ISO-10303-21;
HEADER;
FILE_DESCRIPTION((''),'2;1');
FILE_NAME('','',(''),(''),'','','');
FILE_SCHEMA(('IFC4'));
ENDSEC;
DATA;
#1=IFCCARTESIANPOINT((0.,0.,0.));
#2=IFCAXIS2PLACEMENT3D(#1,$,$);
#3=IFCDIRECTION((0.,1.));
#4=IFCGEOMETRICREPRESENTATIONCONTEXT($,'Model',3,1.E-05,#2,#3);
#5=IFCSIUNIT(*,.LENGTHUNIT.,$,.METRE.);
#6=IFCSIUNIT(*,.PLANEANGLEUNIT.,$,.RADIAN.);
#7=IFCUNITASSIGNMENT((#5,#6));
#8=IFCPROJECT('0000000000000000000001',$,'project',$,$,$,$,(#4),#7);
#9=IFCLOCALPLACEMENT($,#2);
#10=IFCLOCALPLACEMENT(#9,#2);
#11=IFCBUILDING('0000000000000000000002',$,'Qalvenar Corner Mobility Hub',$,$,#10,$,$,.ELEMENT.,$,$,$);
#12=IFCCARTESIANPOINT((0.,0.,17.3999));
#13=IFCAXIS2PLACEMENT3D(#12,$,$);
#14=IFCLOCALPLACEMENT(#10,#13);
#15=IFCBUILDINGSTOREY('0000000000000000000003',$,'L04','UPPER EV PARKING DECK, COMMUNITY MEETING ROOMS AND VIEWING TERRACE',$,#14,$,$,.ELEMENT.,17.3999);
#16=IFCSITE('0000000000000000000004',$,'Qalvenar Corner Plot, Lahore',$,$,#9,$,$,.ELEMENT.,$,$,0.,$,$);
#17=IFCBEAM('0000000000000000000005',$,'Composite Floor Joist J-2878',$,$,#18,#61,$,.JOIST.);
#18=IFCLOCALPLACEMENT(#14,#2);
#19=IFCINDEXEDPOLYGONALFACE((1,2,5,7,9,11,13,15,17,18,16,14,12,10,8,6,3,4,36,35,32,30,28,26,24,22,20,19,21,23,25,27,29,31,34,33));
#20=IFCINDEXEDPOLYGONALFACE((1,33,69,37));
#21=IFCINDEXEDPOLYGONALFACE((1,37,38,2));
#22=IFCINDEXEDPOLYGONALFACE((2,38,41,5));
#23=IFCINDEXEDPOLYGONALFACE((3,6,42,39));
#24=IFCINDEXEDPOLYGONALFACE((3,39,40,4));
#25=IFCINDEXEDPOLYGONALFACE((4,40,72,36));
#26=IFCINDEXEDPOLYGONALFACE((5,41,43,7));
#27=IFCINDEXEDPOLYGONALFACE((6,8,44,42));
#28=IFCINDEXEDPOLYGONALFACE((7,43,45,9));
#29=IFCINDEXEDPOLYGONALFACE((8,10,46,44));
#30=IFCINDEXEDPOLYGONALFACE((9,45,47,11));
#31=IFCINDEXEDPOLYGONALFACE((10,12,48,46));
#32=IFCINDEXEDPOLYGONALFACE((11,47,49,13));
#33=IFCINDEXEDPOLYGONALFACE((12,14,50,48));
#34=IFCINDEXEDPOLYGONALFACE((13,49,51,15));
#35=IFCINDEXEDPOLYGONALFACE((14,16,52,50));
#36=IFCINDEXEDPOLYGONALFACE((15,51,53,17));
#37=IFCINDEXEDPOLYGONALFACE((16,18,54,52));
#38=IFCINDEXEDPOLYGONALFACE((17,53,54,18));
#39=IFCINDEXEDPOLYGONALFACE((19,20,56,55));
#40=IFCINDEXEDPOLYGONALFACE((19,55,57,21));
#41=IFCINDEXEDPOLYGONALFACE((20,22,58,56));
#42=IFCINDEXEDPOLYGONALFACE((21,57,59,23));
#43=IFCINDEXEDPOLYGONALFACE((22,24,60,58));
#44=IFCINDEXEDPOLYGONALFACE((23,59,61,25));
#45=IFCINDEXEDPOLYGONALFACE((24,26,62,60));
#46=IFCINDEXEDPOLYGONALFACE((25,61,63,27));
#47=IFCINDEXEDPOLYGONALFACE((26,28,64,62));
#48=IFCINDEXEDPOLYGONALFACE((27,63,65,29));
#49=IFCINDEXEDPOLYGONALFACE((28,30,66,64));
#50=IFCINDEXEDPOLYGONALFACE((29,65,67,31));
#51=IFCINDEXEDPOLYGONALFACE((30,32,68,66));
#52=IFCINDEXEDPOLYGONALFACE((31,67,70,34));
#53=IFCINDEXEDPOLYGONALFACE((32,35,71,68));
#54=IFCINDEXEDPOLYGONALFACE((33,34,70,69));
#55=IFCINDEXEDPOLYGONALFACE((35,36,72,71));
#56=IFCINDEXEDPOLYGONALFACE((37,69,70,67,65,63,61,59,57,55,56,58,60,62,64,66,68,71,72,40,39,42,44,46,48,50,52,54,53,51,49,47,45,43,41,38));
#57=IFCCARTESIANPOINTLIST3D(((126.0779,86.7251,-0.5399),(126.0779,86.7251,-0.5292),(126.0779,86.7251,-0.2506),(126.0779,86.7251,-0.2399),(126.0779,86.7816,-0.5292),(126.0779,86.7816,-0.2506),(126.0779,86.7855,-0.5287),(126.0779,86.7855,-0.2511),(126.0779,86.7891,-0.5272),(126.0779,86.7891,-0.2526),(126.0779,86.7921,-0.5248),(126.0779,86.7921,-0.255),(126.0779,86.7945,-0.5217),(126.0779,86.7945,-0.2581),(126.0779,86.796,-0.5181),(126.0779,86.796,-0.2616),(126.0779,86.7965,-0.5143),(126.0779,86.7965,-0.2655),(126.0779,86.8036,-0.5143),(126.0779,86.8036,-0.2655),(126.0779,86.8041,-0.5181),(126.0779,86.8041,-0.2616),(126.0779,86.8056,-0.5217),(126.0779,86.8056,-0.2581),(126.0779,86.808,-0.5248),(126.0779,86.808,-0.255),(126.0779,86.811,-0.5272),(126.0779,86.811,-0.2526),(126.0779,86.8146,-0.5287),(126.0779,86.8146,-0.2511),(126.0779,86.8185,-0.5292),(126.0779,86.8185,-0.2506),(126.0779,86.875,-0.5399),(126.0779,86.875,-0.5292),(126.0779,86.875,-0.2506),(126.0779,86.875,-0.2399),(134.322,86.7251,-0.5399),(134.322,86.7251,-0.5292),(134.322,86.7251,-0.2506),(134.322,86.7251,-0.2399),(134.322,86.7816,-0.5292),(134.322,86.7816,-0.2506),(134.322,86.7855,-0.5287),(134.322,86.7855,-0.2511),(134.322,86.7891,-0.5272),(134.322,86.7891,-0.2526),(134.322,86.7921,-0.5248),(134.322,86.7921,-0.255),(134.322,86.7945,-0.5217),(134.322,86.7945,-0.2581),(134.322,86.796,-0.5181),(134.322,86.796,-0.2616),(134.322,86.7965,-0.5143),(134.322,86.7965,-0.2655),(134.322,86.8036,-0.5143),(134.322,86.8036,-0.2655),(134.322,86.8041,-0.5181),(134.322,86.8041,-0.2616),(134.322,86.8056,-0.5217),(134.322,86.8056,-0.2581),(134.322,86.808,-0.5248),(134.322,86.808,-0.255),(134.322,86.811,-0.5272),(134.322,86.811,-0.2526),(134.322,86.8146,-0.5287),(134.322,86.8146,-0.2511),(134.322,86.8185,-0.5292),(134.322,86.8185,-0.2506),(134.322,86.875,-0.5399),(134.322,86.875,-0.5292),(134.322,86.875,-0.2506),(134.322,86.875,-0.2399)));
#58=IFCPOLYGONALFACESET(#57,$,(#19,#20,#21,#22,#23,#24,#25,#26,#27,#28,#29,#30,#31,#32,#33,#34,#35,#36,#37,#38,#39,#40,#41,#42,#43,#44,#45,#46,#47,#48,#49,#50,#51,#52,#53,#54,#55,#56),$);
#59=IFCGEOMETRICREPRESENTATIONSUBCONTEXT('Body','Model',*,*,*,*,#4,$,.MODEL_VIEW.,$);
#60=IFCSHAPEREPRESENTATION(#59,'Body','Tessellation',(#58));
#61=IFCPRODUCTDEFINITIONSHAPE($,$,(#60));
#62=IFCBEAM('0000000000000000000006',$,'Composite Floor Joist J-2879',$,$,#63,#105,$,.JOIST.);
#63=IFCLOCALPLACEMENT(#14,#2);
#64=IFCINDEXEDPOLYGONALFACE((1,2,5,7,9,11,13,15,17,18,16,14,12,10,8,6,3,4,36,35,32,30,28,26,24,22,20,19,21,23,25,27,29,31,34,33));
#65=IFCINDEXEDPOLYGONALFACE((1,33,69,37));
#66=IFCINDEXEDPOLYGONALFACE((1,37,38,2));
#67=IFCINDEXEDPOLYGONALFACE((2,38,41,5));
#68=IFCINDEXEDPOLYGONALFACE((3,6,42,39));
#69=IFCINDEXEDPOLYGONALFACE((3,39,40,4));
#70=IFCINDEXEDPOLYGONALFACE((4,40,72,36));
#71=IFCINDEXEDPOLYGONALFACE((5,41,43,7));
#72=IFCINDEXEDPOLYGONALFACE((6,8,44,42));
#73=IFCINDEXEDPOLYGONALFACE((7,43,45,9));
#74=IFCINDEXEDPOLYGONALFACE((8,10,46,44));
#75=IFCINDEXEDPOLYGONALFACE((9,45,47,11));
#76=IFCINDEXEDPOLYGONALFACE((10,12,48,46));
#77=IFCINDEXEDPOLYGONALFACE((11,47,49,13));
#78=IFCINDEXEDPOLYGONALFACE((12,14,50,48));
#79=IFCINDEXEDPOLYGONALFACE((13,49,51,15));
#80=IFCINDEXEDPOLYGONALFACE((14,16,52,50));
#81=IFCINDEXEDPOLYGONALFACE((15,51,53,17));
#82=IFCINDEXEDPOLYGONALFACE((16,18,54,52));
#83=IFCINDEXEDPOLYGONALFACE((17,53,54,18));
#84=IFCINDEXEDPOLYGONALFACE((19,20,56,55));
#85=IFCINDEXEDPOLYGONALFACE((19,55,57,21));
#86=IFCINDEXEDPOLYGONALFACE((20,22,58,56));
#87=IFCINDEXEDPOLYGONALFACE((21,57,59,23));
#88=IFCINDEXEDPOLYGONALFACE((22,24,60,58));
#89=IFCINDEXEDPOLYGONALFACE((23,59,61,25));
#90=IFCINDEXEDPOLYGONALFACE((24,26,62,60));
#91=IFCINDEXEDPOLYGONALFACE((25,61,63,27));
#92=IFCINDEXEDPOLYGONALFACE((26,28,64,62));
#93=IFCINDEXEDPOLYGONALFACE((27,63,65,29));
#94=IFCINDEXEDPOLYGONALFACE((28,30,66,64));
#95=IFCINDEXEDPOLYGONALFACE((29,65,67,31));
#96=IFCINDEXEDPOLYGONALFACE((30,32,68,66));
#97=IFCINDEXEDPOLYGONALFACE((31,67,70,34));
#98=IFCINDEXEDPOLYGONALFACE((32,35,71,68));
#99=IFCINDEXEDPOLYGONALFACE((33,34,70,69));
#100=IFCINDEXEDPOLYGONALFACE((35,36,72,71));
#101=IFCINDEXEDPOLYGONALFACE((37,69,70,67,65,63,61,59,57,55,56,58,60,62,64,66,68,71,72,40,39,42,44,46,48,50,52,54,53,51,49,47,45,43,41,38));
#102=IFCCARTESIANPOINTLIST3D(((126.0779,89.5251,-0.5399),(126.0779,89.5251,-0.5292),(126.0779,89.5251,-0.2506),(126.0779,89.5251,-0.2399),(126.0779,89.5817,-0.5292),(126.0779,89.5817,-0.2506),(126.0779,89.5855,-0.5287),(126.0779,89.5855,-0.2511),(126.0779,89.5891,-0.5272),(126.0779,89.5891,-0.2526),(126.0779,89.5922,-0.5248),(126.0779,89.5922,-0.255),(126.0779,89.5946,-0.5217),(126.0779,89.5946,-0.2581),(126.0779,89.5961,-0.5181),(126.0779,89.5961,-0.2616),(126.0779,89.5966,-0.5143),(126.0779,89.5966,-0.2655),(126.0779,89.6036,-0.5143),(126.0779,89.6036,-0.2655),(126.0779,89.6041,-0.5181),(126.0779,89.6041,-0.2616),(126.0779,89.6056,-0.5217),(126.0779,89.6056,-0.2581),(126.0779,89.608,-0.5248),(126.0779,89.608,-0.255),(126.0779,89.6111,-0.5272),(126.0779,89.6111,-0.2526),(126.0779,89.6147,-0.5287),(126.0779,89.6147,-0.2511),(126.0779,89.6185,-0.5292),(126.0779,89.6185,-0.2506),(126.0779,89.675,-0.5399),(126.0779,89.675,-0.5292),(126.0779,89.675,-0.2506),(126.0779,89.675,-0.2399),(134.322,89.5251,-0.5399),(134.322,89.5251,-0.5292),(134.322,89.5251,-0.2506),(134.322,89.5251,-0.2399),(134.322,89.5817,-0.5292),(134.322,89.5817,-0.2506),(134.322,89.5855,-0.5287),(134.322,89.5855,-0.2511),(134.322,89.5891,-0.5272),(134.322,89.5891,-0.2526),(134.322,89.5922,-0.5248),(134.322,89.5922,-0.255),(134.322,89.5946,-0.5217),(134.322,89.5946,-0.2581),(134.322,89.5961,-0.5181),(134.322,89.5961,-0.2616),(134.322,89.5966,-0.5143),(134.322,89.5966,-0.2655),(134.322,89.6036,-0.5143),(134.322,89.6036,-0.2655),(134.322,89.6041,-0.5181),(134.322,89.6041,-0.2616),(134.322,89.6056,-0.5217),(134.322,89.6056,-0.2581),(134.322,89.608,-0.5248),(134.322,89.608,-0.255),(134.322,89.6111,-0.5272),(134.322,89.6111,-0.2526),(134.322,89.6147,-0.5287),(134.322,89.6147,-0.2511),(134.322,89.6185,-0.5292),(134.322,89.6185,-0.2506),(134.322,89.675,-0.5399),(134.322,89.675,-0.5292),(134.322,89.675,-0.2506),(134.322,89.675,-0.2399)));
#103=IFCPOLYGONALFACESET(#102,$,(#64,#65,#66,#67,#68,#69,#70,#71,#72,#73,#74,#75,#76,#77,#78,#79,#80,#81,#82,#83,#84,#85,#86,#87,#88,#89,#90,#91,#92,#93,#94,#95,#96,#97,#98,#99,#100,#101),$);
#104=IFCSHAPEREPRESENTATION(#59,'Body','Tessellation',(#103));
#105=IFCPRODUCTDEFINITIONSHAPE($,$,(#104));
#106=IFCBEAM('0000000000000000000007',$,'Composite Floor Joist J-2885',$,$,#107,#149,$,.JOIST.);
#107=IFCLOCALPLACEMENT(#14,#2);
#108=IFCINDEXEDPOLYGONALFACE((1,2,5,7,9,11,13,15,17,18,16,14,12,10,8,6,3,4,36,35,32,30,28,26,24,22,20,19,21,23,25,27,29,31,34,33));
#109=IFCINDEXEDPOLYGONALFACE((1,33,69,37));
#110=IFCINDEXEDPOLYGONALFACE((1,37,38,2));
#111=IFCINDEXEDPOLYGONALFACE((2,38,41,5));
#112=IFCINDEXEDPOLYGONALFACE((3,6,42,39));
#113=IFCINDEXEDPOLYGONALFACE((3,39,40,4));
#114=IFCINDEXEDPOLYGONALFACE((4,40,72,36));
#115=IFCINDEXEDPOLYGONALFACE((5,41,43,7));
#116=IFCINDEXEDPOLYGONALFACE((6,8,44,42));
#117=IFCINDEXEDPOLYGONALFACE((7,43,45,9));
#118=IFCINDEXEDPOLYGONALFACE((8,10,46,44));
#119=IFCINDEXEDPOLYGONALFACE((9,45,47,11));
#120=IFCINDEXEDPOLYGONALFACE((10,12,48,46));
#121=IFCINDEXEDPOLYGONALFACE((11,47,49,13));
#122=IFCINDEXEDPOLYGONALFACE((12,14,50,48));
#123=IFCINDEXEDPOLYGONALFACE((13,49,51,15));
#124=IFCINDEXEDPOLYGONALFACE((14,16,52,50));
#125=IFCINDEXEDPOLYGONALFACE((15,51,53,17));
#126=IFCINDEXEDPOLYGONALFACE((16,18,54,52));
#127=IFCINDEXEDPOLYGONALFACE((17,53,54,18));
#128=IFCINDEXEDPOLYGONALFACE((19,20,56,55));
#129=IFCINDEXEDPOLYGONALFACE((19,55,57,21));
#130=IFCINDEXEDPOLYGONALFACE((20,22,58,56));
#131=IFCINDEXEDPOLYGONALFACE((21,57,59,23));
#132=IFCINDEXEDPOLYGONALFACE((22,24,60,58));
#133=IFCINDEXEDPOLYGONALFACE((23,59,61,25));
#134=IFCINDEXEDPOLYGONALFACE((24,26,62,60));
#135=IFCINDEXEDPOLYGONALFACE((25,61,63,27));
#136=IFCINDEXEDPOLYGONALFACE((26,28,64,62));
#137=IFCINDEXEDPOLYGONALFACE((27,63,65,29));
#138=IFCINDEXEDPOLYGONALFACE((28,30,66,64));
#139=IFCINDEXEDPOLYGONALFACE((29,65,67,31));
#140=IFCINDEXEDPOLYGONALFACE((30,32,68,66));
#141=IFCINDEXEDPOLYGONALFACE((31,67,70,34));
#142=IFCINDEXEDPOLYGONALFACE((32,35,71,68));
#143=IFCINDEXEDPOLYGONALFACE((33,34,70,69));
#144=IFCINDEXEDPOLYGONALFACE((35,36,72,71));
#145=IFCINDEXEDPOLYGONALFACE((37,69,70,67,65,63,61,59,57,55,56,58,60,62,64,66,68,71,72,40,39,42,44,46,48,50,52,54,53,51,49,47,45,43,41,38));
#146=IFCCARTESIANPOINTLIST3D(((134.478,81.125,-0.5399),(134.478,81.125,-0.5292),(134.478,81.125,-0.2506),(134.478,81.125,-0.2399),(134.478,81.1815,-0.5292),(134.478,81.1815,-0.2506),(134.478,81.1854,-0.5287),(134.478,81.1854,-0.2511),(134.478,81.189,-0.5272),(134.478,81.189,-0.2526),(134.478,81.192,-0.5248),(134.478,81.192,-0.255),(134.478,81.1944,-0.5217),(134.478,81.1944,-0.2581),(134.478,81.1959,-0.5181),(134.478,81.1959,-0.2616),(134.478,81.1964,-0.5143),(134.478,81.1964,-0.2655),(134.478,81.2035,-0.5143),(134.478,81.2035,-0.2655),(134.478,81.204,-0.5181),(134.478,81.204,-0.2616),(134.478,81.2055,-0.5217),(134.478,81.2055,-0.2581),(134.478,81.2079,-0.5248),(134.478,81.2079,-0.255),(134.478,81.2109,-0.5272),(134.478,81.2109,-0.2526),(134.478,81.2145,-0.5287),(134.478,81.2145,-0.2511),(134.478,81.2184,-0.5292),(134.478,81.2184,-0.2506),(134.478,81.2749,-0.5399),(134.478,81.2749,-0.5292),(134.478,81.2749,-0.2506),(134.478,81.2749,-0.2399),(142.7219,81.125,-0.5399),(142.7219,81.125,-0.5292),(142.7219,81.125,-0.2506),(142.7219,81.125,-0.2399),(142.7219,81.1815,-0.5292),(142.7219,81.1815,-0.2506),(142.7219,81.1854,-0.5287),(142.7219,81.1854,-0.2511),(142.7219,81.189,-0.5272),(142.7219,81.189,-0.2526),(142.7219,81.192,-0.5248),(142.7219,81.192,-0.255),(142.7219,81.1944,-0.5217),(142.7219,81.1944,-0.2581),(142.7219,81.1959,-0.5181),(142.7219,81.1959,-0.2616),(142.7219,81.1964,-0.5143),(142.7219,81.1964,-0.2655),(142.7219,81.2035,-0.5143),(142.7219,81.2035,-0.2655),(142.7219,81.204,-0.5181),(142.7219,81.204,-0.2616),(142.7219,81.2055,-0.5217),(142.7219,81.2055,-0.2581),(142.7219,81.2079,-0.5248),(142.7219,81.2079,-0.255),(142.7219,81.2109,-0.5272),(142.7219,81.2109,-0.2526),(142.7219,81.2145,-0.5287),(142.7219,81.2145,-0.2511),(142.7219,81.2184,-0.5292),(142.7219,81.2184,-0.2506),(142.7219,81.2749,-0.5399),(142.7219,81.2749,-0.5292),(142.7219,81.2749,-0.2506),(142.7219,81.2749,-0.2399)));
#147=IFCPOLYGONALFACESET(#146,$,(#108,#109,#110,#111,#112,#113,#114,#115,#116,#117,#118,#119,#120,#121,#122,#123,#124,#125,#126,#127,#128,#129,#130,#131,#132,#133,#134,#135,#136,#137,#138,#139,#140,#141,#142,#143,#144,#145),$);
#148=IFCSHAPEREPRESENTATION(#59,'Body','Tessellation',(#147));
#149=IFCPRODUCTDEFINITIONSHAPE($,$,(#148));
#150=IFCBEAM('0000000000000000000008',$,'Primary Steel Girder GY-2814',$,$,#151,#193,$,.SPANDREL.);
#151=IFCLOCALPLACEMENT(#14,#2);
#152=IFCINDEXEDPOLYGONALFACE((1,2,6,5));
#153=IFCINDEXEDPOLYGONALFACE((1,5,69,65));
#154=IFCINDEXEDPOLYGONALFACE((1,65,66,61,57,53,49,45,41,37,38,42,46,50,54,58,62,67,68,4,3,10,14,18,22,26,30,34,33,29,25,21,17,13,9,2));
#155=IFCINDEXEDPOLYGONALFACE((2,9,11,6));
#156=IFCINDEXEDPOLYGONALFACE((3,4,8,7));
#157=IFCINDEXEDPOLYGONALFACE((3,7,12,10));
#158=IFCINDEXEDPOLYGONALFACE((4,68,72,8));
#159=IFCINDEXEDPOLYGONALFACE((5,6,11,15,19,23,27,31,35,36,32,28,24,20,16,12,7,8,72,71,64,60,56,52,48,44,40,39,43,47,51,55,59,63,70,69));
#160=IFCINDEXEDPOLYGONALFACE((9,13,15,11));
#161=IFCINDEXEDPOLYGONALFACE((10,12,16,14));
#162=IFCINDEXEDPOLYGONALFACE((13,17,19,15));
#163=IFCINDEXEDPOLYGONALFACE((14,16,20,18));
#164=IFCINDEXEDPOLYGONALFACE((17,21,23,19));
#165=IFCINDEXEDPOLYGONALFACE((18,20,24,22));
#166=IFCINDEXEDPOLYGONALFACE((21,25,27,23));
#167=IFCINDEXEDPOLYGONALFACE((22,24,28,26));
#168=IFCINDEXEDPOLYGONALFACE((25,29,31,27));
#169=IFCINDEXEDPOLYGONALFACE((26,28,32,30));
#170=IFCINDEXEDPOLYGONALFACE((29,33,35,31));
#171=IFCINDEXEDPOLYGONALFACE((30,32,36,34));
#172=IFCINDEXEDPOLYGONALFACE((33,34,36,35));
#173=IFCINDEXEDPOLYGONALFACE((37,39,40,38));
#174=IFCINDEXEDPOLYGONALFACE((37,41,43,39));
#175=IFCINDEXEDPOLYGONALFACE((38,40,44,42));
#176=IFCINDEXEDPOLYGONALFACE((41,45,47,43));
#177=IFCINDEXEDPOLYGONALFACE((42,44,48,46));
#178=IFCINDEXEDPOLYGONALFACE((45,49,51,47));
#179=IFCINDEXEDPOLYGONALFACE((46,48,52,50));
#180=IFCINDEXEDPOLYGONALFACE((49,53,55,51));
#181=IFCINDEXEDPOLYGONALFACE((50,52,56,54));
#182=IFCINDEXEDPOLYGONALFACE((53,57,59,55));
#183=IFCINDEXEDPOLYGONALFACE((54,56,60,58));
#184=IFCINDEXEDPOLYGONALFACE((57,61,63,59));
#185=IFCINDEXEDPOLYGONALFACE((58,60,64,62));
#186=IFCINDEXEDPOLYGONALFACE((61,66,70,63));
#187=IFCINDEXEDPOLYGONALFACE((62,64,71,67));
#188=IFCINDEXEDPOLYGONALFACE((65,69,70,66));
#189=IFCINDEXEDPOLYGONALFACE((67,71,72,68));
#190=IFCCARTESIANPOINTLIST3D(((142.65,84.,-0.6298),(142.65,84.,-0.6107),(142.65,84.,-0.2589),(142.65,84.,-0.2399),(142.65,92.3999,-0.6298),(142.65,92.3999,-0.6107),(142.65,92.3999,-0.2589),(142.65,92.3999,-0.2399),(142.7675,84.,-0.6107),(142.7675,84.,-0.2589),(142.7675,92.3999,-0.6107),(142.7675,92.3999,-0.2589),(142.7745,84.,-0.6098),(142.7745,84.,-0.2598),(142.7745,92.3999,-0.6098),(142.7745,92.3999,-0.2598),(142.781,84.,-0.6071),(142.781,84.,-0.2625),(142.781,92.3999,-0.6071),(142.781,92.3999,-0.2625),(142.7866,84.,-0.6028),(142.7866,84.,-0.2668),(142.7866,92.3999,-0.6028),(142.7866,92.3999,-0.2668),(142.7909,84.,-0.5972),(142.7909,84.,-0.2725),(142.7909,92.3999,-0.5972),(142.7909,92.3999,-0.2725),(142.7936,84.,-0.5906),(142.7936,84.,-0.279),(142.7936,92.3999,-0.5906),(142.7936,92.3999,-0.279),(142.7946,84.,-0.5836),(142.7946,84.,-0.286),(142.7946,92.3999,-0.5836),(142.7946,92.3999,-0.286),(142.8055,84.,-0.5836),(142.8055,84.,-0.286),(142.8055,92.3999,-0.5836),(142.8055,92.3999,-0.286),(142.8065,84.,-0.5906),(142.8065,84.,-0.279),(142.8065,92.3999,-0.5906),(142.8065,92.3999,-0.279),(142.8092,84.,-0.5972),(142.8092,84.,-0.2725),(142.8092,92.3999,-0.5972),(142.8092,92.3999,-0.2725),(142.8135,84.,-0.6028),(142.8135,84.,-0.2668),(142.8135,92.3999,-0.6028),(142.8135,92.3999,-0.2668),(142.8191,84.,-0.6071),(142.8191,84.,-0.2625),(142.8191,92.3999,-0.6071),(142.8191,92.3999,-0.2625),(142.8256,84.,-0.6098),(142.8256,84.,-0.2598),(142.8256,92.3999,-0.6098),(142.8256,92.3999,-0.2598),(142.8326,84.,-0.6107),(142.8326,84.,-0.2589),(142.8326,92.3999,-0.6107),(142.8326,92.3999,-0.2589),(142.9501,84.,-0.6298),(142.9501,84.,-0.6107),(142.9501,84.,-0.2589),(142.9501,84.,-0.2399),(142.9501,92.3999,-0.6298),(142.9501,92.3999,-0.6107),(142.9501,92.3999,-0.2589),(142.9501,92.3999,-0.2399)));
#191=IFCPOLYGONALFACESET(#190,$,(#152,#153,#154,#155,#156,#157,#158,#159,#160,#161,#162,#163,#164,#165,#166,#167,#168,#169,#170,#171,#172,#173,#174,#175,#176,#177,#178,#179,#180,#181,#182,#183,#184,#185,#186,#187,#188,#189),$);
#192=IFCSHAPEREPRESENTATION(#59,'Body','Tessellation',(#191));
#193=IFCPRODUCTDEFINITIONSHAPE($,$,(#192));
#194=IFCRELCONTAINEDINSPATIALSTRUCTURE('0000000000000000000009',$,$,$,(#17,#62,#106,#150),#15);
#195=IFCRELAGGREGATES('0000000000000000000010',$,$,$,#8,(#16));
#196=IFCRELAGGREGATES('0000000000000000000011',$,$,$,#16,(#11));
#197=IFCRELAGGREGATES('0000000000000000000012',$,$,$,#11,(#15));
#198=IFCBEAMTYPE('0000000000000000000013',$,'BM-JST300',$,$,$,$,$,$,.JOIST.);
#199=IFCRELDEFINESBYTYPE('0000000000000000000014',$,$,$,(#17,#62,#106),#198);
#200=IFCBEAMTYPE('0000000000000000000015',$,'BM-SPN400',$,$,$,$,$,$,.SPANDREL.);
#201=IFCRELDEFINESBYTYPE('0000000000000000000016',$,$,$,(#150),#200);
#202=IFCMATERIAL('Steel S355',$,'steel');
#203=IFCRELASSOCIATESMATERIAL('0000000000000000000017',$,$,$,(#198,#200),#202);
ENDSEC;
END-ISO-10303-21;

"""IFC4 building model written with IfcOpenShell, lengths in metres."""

from ifc_helpers import new_model, si_unit, direction, frame, origin, origin_2d, place, context, subcontext, project, spatial, i_section, extrude, material, material_profile, profile_set, type_object, element, save


model = new_model("IFC4")

# Units and contexts
model_context = context("Model", 3, precision=1e-05, world=origin(), true_north=direction((0.0, 1.0)))
body_context = subcontext(model_context, "Body", "Model", "MODEL_VIEW")
ifc_project = project(units=[si_unit("LENGTHUNIT", "METRE"), si_unit("PLANEANGLEUNIT", "RADIAN")], contexts=[model_context])

# Site, building, storey
site_placement = place(None, origin())
site = spatial("IfcSite", under=ifc_project, at=site_placement, Name="Qalvenar Corner Plot, Lahore", CompositionType="ELEMENT", RefElevation=0.0)
building_placement = place(site_placement, origin())
building = spatial("IfcBuilding", under=site, at=building_placement, Name="Qalvenar Corner Mobility Hub", CompositionType="ELEMENT")
storey_placement = place(building_placement, frame((0.0, 0.0, 17.3999)))
storey = spatial("IfcBuildingStorey", under=building, at=storey_placement, Name="L04", Description="UPPER EV PARKING DECK, COMMUNITY MEETING ROOMS AND VIEWING TERRACE", CompositionType="ELEMENT", Elevation=17.3999)

# Shared definitions
ifc_material_1 = material(Name="Steel S355", Category="steel")

# Beams
ifc_material_profile_1 = material_profile(ifc_material_1, i_section(OverallWidth=0.1499, OverallDepth=0.3, WebThickness=0.0071, FlangeThickness=0.0107, FilletRadius=0.0149, at=origin_2d()), Name="IPE300")
ifc_profile_set_1 = profile_set([ifc_material_profile_1], Name="Steel S355")
beam_type_1 = type_object("IfcBeamType", Name="BM-JST300", PredefinedType="JOIST", material=ifc_profile_set_1)
for number, where, z_axis, x_axis, name in (
    (1, (126.0779, 86.8, -0.3899), (1.0, 0.0, 0.0), (0.0, 1.0, 0.0), "Composite Floor Joist J-2878"),
    (2, (126.0779, 89.6001, -0.3899), (1.0, 0.0, 0.0), (0.0, 1.0, 0.0), "Composite Floor Joist J-2879"),
):
    element("IfcBeam", number, at=place(storey_placement, frame(where, z_axis=z_axis, x_axis=x_axis)), inside=storey, type_object=beam_type_1, Name=name, PredefinedType="JOIST", context=body_context, shape_type="SweptSolid", body=[
        extrude(i_section(OverallWidth=0.1499, OverallDepth=0.3, WebThickness=0.0071, FlangeThickness=0.0107, FilletRadius=0.0149, at=origin_2d()), origin(), (0.0, 0.0, 1.0), 8.2441),
    ])
beam_1_placement = place(storey_placement, frame((134.478, 81.2, -0.3899), z_axis=(1.0, 0.0, 0.0), x_axis=(0.0, 1.0, 0.0)))
element("IfcBeam", 3, at=beam_1_placement, inside=storey, type_object=beam_type_1, Name="Composite Floor Joist J-2885", PredefinedType="JOIST", context=body_context, shape_type="SweptSolid", body=[
    extrude(i_section(OverallWidth=0.1499, OverallDepth=0.3, WebThickness=0.0071, FlangeThickness=0.0107, FilletRadius=0.0149, at=origin_2d()), origin(), (0.0, 0.0, 1.0), 8.2439),
])
ifc_material_profile_2 = material_profile(ifc_material_1, i_section(OverallWidth=0.3, OverallDepth=0.3899, WebThickness=0.011, FlangeThickness=0.019, FilletRadius=0.0271, at=origin_2d()), Name="HEA400")
ifc_profile_set_2 = profile_set([ifc_material_profile_2], Name="Steel S355")
beam_type_2 = type_object("IfcBeamType", Name="BM-SPN400", PredefinedType="SPANDREL", material=ifc_profile_set_2)
beam_2_placement = place(storey_placement, frame((142.8, 84.0, -0.4348), z_axis=(0.0, 1.0, 0.0), x_axis=(-1.0, 0.0, 0.0)))
element("IfcBeam", 4, at=beam_2_placement, inside=storey, type_object=beam_type_2, Name="Primary Steel Girder GY-2814", PredefinedType="SPANDREL", context=body_context, shape_type="SweptSolid", body=[
    extrude(i_section(OverallWidth=0.3, OverallDepth=0.3899, WebThickness=0.011, FlangeThickness=0.019, FilletRadius=0.0271, at=origin_2d()), origin(), (0.0, 0.0, 1.0), 8.3999),
])

save(model, "model.ifc")
